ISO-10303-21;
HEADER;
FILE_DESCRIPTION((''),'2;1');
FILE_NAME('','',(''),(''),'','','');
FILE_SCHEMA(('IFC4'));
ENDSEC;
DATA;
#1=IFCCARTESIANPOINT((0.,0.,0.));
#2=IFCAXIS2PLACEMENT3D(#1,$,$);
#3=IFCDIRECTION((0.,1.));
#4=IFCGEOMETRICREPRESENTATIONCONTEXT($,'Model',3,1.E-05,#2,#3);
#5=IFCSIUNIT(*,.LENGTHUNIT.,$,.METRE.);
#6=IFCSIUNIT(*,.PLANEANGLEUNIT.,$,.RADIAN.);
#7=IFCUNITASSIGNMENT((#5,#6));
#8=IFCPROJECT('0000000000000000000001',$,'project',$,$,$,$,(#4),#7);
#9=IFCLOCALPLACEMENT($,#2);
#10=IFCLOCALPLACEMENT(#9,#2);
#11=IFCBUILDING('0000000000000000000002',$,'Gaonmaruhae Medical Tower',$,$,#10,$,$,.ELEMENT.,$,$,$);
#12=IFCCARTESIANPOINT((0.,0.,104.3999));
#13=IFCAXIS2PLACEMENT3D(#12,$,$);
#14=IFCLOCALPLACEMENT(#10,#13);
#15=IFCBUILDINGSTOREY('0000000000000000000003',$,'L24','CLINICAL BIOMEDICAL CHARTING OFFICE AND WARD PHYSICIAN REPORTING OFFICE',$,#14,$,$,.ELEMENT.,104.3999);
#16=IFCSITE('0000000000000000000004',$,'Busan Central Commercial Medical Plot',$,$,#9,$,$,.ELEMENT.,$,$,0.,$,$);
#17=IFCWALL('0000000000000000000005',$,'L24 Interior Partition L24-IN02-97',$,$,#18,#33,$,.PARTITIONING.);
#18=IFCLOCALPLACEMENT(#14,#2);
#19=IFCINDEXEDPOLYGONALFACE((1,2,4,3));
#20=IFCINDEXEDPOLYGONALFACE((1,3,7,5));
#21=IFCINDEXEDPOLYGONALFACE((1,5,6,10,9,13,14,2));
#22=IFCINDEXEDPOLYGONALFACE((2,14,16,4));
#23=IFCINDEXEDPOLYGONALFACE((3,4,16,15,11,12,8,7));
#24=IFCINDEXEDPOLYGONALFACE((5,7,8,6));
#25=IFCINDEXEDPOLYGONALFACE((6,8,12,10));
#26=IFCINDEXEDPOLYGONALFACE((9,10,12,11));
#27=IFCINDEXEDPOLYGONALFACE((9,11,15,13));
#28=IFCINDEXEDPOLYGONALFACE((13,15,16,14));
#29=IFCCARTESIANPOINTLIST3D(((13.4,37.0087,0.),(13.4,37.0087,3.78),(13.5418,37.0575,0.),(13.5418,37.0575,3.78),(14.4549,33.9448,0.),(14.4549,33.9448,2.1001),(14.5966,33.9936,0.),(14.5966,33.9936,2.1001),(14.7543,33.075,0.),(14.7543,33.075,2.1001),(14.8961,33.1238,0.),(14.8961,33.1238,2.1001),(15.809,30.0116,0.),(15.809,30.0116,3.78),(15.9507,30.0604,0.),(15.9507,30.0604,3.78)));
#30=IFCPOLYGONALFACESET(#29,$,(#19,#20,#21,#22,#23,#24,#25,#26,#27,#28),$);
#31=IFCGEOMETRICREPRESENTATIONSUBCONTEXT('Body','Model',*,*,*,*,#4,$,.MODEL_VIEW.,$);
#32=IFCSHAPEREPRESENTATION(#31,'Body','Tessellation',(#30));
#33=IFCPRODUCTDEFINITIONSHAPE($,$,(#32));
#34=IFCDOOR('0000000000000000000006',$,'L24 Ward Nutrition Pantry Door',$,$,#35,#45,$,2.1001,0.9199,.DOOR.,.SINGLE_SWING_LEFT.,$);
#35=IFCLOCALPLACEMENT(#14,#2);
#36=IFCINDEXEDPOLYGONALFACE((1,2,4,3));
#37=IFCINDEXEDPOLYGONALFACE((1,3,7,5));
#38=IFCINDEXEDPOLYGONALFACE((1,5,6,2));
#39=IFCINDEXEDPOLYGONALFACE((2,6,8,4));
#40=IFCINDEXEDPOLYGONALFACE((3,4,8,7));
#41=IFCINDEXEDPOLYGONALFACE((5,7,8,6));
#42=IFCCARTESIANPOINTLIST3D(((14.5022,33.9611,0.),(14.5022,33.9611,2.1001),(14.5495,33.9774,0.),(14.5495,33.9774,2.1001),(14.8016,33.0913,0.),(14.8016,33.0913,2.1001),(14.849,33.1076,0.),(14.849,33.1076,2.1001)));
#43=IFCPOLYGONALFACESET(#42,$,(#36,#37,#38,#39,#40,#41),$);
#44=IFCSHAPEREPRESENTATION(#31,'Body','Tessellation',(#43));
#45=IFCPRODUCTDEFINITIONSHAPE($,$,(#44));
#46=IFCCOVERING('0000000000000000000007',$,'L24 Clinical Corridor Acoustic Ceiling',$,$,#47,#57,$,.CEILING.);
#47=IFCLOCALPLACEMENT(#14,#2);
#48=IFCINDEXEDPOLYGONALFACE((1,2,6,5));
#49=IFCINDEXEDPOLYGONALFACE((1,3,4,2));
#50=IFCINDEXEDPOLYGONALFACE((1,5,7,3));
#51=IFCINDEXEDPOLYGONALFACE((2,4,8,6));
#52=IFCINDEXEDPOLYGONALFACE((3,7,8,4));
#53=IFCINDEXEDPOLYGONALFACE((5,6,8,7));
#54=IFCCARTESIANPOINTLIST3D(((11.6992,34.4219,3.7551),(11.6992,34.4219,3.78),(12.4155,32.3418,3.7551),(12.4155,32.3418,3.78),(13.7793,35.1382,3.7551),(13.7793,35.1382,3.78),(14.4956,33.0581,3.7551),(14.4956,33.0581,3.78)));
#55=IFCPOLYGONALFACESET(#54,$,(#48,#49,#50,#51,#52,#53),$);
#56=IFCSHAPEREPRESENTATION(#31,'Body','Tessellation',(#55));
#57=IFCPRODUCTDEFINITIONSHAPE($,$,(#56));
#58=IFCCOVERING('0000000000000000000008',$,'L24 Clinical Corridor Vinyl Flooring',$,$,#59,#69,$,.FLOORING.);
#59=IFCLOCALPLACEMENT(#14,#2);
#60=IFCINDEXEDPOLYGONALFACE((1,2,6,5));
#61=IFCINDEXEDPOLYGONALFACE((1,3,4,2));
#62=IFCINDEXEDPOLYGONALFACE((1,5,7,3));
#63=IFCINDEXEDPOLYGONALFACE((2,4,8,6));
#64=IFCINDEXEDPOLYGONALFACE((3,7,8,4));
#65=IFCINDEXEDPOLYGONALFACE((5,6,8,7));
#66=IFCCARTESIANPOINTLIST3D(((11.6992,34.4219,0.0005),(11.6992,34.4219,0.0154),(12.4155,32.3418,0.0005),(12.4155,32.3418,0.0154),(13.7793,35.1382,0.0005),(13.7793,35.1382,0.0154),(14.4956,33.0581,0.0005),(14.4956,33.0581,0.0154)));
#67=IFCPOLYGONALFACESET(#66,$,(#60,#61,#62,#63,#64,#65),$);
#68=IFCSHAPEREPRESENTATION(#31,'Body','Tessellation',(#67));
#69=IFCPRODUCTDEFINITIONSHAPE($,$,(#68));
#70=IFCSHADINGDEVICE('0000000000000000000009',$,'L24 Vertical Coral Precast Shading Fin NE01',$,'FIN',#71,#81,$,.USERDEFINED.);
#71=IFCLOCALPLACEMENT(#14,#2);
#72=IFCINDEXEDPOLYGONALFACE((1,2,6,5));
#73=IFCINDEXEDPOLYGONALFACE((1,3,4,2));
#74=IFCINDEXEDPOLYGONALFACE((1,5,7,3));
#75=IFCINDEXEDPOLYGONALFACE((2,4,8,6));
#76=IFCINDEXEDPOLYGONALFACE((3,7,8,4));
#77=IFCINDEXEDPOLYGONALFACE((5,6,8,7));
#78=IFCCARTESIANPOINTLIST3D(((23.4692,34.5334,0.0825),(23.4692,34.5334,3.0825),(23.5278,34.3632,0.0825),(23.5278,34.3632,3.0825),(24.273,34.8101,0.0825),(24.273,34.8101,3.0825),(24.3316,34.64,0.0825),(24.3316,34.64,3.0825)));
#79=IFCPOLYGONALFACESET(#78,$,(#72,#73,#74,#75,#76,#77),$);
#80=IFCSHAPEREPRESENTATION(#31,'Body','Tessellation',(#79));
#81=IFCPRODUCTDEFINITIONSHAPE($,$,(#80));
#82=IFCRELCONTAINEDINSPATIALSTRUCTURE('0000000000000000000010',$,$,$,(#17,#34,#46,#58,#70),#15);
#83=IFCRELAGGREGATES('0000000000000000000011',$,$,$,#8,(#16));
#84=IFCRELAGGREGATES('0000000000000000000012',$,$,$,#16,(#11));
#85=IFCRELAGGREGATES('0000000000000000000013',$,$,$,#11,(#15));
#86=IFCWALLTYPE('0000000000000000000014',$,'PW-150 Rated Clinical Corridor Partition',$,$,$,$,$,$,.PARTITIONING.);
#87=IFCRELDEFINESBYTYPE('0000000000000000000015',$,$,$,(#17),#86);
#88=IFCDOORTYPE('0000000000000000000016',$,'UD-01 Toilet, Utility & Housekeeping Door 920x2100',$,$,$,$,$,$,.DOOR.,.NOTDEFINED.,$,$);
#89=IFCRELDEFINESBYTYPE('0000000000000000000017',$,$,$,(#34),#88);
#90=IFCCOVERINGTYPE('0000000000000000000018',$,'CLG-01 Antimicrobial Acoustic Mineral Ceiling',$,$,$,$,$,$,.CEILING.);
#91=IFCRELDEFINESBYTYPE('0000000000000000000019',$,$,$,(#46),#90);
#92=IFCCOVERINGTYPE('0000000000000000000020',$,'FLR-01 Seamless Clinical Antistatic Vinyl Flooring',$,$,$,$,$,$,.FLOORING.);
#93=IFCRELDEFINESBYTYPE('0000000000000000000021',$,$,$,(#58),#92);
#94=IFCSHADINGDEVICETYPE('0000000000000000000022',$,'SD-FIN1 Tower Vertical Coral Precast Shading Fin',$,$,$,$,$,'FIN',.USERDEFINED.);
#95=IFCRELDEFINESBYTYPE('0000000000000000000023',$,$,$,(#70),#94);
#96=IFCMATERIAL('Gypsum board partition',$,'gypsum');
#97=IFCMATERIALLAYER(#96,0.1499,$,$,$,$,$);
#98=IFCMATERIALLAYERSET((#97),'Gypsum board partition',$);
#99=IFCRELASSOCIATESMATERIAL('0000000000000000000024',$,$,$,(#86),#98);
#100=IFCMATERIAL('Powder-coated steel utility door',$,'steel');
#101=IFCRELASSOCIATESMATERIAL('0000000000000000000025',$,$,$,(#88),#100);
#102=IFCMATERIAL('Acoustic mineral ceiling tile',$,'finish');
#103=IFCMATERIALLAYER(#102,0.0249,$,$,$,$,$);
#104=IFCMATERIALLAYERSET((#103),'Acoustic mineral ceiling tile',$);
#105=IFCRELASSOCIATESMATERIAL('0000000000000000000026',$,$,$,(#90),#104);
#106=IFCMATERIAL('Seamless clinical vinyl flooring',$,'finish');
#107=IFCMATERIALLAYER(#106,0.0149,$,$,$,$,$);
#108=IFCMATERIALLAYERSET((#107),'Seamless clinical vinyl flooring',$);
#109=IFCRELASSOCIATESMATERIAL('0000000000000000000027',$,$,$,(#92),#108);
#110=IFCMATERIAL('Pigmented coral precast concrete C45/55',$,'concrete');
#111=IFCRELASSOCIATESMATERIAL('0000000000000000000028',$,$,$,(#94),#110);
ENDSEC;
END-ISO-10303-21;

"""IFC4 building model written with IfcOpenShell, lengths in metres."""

from ifc_helpers import new_model, si_unit, direction, frame, frame_2d, origin, origin_2d, place, context, subcontext, project, spatial, rectangle, extrude, material, layer, layer_set, type_object, element, fill, save


model = new_model("IFC4")

# Units and contexts
model_context = context("Model", 3, precision=1e-05, world=origin(), true_north=direction((0.0, 1.0)))
body_context = subcontext(model_context, "Body", "Model", "MODEL_VIEW")
ifc_project = project(units=[si_unit("LENGTHUNIT", "METRE"), si_unit("PLANEANGLEUNIT", "RADIAN")], contexts=[model_context])

# Site, building, storey
site_placement = place(None, origin())
site = spatial("IfcSite", under=ifc_project, at=site_placement, Name="Busan Central Commercial Medical Plot", CompositionType="ELEMENT", RefElevation=0.0)
building_placement = place(site_placement, origin())
building = spatial("IfcBuilding", under=site, at=building_placement, Name="Gaonmaruhae Medical Tower", CompositionType="ELEMENT")
storey_placement = place(building_placement, frame((0.0, 0.0, 104.3999)))
storey = spatial("IfcBuildingStorey", under=building, at=storey_placement, Name="L24", Description="CLINICAL BIOMEDICAL CHARTING OFFICE AND WARD PHYSICIAN REPORTING OFFICE", CompositionType="ELEMENT", Elevation=104.3999)

# Shared definitions
ifc_material_1 = material(Name="Gypsum board partition", Category="gypsum")
ifc_layer_1 = layer(ifc_material_1, 0.1499)
ifc_layer_set_1 = layer_set([ifc_layer_1], Name="Gypsum board partition")
wall_type_1 = type_object("IfcWallType", Name="PW-150 Rated Clinical Corridor Partition", PredefinedType="PARTITIONING", material=ifc_layer_set_1)

# Wall, opening, door
wall_1_placement = place(storey_placement, frame((15.8799, 30.0359, 0.0), z_axis=(0.0, 0.0, 1.0), x_axis=(-0.325526, 0.945533, 0.0)))
wall_1 = element("IfcWall", 1, at=wall_1_placement, inside=storey, type_object=wall_type_1, Name="L24 Interior Partition L24-IN02-97", PredefinedType="PARTITIONING", context=body_context, shape_type="SweptSolid", body=[
    extrude(rectangle(XDim=7.4001, YDim=0.1499, at=frame_2d((3.7002, 0.0))), origin(), (0.0, 0.0, 1.0), 3.78),
])
opening_1_placement = place(wall_1_placement, frame((3.24, 0.0, 0.0)))
opening_1 = element("IfcOpeningElement", 2, at=opening_1_placement, cuts=wall_1, PredefinedType="OPENING", context=body_context, shape_type="SweptSolid", body=[
    extrude(rectangle(XDim=0.9199, YDim=2.1001, at=frame_2d((0.46, 1.05))), frame((0.0, 0.085, 0.0), z_axis=(0.0, -1.0, 0.0), x_axis=(1.0, 0.0, 0.0)), (0.0, 0.0, 1.0), 0.1699),
])
ifc_material_2 = material(Name="Powder-coated steel utility door", Category="steel")
door_type_1 = type_object("IfcDoorType", Name="UD-01 Toilet, Utility & Housekeeping Door 920x2100", OperationType="NOTDEFINED", PredefinedType="DOOR", material=ifc_material_2)
door_1_placement = place(opening_1_placement, origin())
door_1 = element("IfcDoor", 3, at=door_1_placement, inside=storey, type_object=door_type_1, Name="L24 Ward Nutrition Pantry Door", OperationType="SINGLE_SWING_LEFT", OverallHeight=2.1001, OverallWidth=0.9199, PredefinedType="DOOR", context=body_context, shape_type="SweptSolid", body=[
    extrude(rectangle(XDim=0.9199, YDim=2.1001, at=frame_2d((0.46, 1.05))), frame((0.0, 0.0249, 0.0), z_axis=(0.0, -1.0, 0.0), x_axis=(1.0, 0.0, 0.0)), (0.0, 0.0, 1.0), 0.05),
])
fill(opening_1, door_1)

# Coverings
ifc_material_3 = material(Name="Acoustic mineral ceiling tile", Category="finish")
ifc_layer_2 = layer(ifc_material_3, 0.0249)
ifc_layer_set_2 = layer_set([ifc_layer_2], Name="Acoustic mineral ceiling tile")
covering_type_1 = type_object("IfcCoveringType", Name="CLG-01 Antimicrobial Acoustic Mineral Ceiling", PredefinedType="CEILING", material=ifc_layer_set_2)
covering_1_placement = place(storey_placement, frame((13.0974, 33.74, 3.7551), z_axis=(0.0, 0.0, 1.0), x_axis=(0.945519, 0.325568, 0.0)))
element("IfcCovering", 4, at=covering_1_placement, inside=storey, type_object=covering_type_1, Name="L24 Clinical Corridor Acoustic Ceiling", PredefinedType="CEILING", context=body_context, shape_type="SweptSolid", body=[
    extrude(rectangle(XDim=2.2, YDim=2.2, at=origin_2d()), origin(), (0.0, 0.0, 1.0), 0.0249),
])
ifc_material_4 = material(Name="Seamless clinical vinyl flooring", Category="finish")
ifc_layer_3 = layer(ifc_material_4, 0.0149)
ifc_layer_set_3 = layer_set([ifc_layer_3], Name="Seamless clinical vinyl flooring")
covering_type_2 = type_object("IfcCoveringType", Name="FLR-01 Seamless Clinical Antistatic Vinyl Flooring", PredefinedType="FLOORING", material=ifc_layer_set_3)
covering_2_placement = place(storey_placement, frame((13.0974, 33.74, 0.0005), z_axis=(0.0, 0.0, 1.0), x_axis=(0.945519, 0.325568, 0.0)))
element("IfcCovering", 5, at=covering_2_placement, inside=storey, type_object=covering_type_2, Name="L24 Clinical Corridor Vinyl Flooring", PredefinedType="FLOORING", context=body_context, shape_type="SweptSolid", body=[
    extrude(rectangle(XDim=2.2, YDim=2.2, at=origin_2d()), origin(), (0.0, 0.0, 1.0), 0.0149),
])

# Shading device
ifc_material_5 = material(Name="Pigmented coral precast concrete C45/55", Category="concrete")
shading_device_type = type_object("IfcShadingDeviceType", Name="SD-FIN1 Tower Vertical Coral Precast Shading Fin", ElementType="FIN", PredefinedType="USERDEFINED", material=ifc_material_5)
shading_device_placement = place(storey_placement, frame((23.9004, 34.5867, 0.0825), z_axis=(0.0, 0.0, 1.0), x_axis=(0.325568, -0.945519, 0.0)))
element("IfcShadingDevice", 6, at=shading_device_placement, inside=storey, type_object=shading_device_type, Name="L24 Vertical Coral Precast Shading Fin NE01", ObjectType="FIN", PredefinedType="USERDEFINED", context=body_context, shape_type="SweptSolid", body=[
    extrude(rectangle(XDim=0.1799, YDim=0.8501, at=origin_2d()), origin(), (0.0, 0.0, 1.0), 3.0),
])

save(model, "model.ifc")
